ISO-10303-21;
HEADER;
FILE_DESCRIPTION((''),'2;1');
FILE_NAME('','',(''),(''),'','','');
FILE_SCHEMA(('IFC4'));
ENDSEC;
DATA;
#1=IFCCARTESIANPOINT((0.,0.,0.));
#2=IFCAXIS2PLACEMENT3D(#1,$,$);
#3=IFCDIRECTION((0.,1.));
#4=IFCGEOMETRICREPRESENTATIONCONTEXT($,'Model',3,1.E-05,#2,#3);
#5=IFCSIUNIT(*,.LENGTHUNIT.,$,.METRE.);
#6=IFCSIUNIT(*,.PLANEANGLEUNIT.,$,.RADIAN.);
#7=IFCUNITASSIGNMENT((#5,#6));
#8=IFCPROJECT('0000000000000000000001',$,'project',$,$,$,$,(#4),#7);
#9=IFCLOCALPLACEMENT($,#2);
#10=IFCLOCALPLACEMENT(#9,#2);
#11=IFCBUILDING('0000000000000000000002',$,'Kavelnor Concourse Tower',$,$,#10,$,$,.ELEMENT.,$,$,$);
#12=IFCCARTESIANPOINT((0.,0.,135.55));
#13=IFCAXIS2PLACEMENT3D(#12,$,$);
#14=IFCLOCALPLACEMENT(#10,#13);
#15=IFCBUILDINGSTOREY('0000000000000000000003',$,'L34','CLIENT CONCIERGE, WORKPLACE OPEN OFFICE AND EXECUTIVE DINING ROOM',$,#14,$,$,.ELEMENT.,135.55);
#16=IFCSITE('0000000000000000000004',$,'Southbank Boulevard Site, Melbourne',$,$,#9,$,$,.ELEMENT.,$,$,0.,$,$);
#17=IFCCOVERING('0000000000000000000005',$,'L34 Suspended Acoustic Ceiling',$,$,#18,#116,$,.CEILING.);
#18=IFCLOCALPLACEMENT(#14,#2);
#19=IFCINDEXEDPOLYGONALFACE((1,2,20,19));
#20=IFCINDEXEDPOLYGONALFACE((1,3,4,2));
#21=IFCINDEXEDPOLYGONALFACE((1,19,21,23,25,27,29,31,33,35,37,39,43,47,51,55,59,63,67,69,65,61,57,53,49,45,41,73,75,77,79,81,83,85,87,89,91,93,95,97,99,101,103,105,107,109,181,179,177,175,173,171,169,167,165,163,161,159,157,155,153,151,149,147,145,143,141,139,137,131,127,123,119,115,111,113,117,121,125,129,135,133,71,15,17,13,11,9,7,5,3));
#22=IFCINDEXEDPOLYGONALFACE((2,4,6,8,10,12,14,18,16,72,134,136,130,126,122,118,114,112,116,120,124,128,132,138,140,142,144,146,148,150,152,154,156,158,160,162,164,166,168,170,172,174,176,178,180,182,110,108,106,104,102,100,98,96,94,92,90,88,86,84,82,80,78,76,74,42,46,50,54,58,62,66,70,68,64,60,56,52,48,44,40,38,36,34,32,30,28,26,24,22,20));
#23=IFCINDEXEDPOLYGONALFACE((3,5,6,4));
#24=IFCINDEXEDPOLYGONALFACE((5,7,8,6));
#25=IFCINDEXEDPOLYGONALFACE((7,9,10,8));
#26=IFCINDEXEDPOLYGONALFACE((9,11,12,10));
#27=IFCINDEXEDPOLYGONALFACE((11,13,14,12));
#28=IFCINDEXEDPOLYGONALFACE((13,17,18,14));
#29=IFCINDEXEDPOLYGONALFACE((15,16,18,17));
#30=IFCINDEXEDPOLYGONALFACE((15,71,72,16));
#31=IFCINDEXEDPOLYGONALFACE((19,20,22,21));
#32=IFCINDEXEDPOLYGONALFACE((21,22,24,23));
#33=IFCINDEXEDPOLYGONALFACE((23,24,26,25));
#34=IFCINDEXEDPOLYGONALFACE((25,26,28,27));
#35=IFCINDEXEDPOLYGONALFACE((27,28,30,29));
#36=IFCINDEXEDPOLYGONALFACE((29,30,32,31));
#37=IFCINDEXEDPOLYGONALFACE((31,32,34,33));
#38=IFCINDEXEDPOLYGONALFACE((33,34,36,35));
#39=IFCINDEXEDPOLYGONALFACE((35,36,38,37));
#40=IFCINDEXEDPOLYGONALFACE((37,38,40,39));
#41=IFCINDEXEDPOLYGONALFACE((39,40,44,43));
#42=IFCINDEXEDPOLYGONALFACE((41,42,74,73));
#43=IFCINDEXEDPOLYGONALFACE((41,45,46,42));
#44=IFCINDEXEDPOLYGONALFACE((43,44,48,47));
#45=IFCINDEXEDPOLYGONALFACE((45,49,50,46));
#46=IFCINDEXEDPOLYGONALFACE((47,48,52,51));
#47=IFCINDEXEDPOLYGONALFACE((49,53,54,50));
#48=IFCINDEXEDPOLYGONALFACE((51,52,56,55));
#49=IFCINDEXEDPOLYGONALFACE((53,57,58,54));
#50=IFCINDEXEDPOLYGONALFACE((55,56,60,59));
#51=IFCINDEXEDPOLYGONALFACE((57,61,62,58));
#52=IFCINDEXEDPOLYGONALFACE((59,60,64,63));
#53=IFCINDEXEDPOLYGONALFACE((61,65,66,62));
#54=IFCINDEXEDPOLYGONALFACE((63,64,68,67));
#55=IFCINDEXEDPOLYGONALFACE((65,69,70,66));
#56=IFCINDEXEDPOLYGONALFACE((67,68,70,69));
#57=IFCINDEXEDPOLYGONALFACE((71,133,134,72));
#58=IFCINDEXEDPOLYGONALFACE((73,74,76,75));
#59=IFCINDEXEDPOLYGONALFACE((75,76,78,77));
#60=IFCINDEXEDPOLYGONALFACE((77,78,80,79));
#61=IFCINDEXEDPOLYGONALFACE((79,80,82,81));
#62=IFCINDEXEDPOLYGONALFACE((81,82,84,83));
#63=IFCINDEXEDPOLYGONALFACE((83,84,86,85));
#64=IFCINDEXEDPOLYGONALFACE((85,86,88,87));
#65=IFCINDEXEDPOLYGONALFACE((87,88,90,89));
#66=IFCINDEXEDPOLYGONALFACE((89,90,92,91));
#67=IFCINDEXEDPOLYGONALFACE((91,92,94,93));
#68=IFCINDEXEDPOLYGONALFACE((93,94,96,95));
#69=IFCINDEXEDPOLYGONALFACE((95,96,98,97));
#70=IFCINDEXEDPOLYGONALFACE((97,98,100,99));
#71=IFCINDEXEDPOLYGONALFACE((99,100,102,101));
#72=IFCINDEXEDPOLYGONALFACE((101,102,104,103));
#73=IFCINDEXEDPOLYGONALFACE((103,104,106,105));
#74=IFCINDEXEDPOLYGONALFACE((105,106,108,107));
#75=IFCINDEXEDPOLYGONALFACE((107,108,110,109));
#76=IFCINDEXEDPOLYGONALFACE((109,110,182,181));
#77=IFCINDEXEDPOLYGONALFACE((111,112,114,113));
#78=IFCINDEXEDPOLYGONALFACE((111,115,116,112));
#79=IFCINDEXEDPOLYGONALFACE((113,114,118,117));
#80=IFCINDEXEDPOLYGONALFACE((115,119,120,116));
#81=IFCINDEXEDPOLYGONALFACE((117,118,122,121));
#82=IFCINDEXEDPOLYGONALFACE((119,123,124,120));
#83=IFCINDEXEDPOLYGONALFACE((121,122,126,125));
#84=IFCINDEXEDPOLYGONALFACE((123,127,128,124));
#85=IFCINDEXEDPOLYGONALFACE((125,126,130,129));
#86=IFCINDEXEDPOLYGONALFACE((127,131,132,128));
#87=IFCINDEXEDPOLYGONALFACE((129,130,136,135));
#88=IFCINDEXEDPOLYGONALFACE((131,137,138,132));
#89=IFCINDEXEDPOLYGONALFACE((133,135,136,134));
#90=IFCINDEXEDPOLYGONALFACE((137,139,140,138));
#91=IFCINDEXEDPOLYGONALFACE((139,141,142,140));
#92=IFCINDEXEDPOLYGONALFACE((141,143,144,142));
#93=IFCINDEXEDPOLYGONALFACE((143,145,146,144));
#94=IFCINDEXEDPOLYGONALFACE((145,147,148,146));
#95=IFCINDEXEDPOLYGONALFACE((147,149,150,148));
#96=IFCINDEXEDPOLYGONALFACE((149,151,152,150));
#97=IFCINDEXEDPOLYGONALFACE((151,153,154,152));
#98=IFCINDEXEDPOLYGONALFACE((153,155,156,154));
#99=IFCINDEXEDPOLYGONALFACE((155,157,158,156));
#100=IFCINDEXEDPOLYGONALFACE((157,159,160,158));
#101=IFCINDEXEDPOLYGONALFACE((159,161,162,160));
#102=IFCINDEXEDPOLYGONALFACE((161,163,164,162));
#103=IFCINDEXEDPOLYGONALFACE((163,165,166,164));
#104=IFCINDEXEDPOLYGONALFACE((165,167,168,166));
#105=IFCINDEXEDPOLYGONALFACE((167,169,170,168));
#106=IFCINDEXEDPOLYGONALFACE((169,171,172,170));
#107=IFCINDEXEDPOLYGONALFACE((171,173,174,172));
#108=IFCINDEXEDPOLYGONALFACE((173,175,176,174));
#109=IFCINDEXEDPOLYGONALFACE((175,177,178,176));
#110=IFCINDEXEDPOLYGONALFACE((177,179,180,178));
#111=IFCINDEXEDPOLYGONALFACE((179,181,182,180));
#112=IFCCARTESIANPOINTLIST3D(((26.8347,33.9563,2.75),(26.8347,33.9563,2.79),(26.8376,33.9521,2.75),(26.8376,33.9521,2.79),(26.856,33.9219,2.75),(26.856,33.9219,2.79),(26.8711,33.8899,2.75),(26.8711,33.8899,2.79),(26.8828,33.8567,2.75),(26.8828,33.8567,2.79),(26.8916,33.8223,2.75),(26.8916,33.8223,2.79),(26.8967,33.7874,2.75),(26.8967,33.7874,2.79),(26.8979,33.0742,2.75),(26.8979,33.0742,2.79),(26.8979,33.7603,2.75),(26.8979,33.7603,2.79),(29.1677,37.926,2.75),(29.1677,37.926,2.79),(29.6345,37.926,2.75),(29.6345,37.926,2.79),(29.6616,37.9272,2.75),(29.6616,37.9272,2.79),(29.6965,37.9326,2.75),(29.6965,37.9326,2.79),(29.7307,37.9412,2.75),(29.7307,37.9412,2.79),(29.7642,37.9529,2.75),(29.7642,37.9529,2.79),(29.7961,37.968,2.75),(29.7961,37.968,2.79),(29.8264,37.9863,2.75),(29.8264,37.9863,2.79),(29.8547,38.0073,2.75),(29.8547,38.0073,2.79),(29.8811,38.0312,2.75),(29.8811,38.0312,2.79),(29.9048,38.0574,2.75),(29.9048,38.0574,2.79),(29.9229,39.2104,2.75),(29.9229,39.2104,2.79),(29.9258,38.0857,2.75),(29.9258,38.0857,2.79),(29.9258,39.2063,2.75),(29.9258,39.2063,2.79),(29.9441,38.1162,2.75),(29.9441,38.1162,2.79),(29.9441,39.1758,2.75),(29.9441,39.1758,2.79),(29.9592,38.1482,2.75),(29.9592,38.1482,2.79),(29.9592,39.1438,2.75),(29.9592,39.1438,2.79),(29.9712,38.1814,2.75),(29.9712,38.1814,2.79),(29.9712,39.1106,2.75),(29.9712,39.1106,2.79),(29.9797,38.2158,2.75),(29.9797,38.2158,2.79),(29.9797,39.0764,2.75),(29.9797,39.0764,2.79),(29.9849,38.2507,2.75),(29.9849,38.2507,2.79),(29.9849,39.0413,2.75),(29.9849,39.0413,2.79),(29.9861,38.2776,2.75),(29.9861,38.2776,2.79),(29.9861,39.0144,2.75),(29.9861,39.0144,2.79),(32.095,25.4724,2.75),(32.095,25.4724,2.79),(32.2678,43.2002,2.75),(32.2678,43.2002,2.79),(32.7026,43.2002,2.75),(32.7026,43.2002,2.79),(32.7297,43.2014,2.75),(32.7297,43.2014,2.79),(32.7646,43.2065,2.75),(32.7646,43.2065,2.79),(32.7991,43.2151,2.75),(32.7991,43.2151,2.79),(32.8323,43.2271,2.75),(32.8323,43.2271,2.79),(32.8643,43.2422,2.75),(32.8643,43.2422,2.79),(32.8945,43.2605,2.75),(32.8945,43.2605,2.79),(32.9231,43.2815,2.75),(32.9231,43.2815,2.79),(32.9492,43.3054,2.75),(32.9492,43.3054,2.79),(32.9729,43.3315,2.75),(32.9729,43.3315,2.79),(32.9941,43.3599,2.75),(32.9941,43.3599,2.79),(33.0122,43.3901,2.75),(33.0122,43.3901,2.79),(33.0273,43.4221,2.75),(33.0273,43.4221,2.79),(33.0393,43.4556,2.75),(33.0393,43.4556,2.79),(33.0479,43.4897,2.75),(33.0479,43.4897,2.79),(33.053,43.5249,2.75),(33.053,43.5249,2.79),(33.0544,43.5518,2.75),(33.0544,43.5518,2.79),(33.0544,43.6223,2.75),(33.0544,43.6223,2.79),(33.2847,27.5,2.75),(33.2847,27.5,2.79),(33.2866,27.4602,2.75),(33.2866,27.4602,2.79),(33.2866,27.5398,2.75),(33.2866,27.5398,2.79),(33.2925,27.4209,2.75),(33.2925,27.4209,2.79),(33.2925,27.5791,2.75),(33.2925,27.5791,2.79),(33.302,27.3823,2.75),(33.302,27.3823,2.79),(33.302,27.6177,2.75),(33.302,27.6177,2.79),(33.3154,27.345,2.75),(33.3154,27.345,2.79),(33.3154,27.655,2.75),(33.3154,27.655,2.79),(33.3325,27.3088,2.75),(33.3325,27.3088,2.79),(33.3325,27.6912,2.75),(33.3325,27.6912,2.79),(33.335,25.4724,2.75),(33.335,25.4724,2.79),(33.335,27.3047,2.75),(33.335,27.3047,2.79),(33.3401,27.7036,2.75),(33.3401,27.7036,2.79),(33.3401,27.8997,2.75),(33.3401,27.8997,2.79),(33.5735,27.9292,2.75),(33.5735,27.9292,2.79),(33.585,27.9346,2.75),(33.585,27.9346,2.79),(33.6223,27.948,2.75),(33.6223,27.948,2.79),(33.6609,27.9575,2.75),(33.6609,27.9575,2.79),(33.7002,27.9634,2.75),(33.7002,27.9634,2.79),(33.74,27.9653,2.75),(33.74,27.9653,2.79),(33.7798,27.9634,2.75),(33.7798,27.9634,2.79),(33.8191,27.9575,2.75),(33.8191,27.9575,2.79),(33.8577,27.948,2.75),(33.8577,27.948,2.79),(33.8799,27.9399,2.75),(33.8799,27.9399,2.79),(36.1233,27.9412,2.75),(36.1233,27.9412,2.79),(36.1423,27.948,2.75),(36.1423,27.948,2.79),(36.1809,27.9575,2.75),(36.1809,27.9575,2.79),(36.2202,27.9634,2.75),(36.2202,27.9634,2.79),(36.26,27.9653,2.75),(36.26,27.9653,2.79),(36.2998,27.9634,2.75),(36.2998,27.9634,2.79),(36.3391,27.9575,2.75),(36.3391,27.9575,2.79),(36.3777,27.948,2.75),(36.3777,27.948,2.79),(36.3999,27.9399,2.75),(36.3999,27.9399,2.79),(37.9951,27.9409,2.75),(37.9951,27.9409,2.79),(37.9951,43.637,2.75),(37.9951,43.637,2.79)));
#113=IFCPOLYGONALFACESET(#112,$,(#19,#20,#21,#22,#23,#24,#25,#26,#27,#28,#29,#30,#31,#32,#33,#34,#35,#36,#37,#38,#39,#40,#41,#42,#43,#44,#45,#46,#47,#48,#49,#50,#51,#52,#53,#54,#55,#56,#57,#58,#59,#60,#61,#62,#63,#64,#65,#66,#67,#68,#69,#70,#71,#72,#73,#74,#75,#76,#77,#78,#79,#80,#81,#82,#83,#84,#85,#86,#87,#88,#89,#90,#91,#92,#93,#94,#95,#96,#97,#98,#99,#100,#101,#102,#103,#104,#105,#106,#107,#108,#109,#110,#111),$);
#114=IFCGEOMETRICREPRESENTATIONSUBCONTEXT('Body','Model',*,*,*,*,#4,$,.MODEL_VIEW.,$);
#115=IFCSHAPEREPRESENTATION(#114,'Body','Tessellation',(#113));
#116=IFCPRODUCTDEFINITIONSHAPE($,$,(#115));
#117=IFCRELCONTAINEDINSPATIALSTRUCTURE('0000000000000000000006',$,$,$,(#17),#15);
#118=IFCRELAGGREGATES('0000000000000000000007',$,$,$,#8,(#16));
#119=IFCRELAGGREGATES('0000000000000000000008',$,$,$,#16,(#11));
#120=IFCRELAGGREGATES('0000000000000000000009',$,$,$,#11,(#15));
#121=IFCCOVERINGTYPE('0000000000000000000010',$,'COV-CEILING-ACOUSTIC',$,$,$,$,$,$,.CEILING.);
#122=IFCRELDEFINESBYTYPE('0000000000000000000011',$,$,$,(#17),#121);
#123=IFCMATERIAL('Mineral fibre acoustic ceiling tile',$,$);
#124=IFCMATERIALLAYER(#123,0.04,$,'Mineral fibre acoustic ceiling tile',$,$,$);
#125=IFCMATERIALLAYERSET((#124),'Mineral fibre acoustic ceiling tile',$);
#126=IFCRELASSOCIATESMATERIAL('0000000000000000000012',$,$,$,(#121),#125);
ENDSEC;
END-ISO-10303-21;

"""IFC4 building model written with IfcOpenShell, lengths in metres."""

from ifc_helpers import new_model, si_unit, direction, frame, origin, place, context, subcontext, project, spatial, polyline, outline, extrude, material, layer, layer_set, type_object, element, save


model = new_model("IFC4")

# Units and contexts
model_context = context("Model", 3, precision=1e-05, world=origin(), true_north=direction((0.0, 1.0)))
body_context = subcontext(model_context, "Body", "Model", "MODEL_VIEW")
ifc_project = project(units=[si_unit("LENGTHUNIT", "METRE"), si_unit("PLANEANGLEUNIT", "RADIAN")], contexts=[model_context])

# Site, building, storey
site_placement = place(None, origin())
site = spatial("IfcSite", under=ifc_project, at=site_placement, Name="Southbank Boulevard Site, Melbourne", CompositionType="ELEMENT", RefElevation=0.0)
building_placement = place(site_placement, origin())
building = spatial("IfcBuilding", under=site, at=building_placement, Name="Kavelnor Concourse Tower", CompositionType="ELEMENT")
storey_placement = place(building_placement, frame((0.0, 0.0, 135.55)))
storey = spatial("IfcBuildingStorey", under=building, at=storey_placement, Name="L34", Description="CLIENT CONCIERGE, WORKPLACE OPEN OFFICE AND EXECUTIVE DINING ROOM", CompositionType="ELEMENT", Elevation=135.55)

# Covering
ifc_material_1 = material(Name="Mineral fibre acoustic ceiling tile")
ifc_layer_1 = layer(ifc_material_1, 0.04, Name="Mineral fibre acoustic ceiling tile")
ifc_layer_set_1 = layer_set([ifc_layer_1], Name="Mineral fibre acoustic ceiling tile")
covering_type = type_object("IfcCoveringType", Name="COV-CEILING-ACOUSTIC", PredefinedType="CEILING", material=ifc_layer_set_1)
covering_1_placement = place(storey_placement, frame((0.0, 0.0, 2.75)))
element("IfcCovering", 1, at=covering_1_placement, inside=storey, type_object=covering_type, Name="L34 Suspended Acoustic Ceiling", PredefinedType="CEILING", context=body_context, shape_type="SweptSolid", body=[
    extrude(outline(polyline([(29.6616, 37.9272), (29.6965, 37.9326), (29.7307, 37.9412), (29.7642, 37.9529), (29.7961, 37.968), (29.8264, 37.9863), (29.8547, 38.0073), (29.8811, 38.0312), (29.9048, 38.0574), (29.9258, 38.0857), (29.9441, 38.1162), (29.9592, 38.1482), (29.9712, 38.1814), (29.9797, 38.2158), (29.9849, 38.2507), (29.9861, 38.2776), (29.9861, 39.0144), (29.9849, 39.0413), (29.9797, 39.0764), (29.9712, 39.1106), (29.9592, 39.1438), (29.9441, 39.1758), (29.9258, 39.2063), (29.9229, 39.2104), (32.2678, 43.2002), (32.7026, 43.2002), (32.7297, 43.2014), (32.7646, 43.2065), (32.7991, 43.2151), (32.8323, 43.2271), (32.8643, 43.2422), (32.8945, 43.2605), (32.9231, 43.2815), (32.9492, 43.3054), (32.9729, 43.3315), (32.9941, 43.3599), (33.0122, 43.3901), (33.0273, 43.4221), (33.0393, 43.4556), (33.0479, 43.4897), (33.053, 43.5249), (33.0544, 43.5518), (33.0544, 43.6223), (37.9951, 43.637), (37.9951, 27.9409), (36.3999, 27.9399), (36.3777, 27.948), (36.3391, 27.9575), (36.2998, 27.9634), (36.26, 27.9653), (36.2202, 27.9634), (36.1809, 27.9575), (36.1423, 27.948), (36.1233, 27.9412), (33.8799, 27.9399), (33.8577, 27.948), (33.8191, 27.9575), (33.7798, 27.9634), (33.74, 27.9653), (33.7002, 27.9634), (33.6609, 27.9575), (33.6223, 27.948), (33.585, 27.9346), (33.5735, 27.9292), (33.3401, 27.8997), (33.3401, 27.7036), (33.3325, 27.6912), (33.3154, 27.655), (33.302, 27.6177), (33.2925, 27.5791), (33.2866, 27.5398), (33.2847, 27.5), (33.2866, 27.4602), (33.2925, 27.4209), (33.302, 27.3823), (33.3154, 27.345), (33.3325, 27.3088), (33.335, 27.3047), (33.335, 25.4724), (32.095, 25.4724), (26.8979, 33.0742), (26.8979, 33.7603), (26.8967, 33.7874), (26.8916, 33.8223), (26.8828, 33.8567), (26.8711, 33.8899), (26.856, 33.9219), (26.8376, 33.9521), (26.8347, 33.9563), (29.1677, 37.926), (29.6345, 37.926), (29.6616, 37.9272)])), origin(), (0.0, 0.0, 1.0), 0.04),
])

save(model, "model.ifc")
